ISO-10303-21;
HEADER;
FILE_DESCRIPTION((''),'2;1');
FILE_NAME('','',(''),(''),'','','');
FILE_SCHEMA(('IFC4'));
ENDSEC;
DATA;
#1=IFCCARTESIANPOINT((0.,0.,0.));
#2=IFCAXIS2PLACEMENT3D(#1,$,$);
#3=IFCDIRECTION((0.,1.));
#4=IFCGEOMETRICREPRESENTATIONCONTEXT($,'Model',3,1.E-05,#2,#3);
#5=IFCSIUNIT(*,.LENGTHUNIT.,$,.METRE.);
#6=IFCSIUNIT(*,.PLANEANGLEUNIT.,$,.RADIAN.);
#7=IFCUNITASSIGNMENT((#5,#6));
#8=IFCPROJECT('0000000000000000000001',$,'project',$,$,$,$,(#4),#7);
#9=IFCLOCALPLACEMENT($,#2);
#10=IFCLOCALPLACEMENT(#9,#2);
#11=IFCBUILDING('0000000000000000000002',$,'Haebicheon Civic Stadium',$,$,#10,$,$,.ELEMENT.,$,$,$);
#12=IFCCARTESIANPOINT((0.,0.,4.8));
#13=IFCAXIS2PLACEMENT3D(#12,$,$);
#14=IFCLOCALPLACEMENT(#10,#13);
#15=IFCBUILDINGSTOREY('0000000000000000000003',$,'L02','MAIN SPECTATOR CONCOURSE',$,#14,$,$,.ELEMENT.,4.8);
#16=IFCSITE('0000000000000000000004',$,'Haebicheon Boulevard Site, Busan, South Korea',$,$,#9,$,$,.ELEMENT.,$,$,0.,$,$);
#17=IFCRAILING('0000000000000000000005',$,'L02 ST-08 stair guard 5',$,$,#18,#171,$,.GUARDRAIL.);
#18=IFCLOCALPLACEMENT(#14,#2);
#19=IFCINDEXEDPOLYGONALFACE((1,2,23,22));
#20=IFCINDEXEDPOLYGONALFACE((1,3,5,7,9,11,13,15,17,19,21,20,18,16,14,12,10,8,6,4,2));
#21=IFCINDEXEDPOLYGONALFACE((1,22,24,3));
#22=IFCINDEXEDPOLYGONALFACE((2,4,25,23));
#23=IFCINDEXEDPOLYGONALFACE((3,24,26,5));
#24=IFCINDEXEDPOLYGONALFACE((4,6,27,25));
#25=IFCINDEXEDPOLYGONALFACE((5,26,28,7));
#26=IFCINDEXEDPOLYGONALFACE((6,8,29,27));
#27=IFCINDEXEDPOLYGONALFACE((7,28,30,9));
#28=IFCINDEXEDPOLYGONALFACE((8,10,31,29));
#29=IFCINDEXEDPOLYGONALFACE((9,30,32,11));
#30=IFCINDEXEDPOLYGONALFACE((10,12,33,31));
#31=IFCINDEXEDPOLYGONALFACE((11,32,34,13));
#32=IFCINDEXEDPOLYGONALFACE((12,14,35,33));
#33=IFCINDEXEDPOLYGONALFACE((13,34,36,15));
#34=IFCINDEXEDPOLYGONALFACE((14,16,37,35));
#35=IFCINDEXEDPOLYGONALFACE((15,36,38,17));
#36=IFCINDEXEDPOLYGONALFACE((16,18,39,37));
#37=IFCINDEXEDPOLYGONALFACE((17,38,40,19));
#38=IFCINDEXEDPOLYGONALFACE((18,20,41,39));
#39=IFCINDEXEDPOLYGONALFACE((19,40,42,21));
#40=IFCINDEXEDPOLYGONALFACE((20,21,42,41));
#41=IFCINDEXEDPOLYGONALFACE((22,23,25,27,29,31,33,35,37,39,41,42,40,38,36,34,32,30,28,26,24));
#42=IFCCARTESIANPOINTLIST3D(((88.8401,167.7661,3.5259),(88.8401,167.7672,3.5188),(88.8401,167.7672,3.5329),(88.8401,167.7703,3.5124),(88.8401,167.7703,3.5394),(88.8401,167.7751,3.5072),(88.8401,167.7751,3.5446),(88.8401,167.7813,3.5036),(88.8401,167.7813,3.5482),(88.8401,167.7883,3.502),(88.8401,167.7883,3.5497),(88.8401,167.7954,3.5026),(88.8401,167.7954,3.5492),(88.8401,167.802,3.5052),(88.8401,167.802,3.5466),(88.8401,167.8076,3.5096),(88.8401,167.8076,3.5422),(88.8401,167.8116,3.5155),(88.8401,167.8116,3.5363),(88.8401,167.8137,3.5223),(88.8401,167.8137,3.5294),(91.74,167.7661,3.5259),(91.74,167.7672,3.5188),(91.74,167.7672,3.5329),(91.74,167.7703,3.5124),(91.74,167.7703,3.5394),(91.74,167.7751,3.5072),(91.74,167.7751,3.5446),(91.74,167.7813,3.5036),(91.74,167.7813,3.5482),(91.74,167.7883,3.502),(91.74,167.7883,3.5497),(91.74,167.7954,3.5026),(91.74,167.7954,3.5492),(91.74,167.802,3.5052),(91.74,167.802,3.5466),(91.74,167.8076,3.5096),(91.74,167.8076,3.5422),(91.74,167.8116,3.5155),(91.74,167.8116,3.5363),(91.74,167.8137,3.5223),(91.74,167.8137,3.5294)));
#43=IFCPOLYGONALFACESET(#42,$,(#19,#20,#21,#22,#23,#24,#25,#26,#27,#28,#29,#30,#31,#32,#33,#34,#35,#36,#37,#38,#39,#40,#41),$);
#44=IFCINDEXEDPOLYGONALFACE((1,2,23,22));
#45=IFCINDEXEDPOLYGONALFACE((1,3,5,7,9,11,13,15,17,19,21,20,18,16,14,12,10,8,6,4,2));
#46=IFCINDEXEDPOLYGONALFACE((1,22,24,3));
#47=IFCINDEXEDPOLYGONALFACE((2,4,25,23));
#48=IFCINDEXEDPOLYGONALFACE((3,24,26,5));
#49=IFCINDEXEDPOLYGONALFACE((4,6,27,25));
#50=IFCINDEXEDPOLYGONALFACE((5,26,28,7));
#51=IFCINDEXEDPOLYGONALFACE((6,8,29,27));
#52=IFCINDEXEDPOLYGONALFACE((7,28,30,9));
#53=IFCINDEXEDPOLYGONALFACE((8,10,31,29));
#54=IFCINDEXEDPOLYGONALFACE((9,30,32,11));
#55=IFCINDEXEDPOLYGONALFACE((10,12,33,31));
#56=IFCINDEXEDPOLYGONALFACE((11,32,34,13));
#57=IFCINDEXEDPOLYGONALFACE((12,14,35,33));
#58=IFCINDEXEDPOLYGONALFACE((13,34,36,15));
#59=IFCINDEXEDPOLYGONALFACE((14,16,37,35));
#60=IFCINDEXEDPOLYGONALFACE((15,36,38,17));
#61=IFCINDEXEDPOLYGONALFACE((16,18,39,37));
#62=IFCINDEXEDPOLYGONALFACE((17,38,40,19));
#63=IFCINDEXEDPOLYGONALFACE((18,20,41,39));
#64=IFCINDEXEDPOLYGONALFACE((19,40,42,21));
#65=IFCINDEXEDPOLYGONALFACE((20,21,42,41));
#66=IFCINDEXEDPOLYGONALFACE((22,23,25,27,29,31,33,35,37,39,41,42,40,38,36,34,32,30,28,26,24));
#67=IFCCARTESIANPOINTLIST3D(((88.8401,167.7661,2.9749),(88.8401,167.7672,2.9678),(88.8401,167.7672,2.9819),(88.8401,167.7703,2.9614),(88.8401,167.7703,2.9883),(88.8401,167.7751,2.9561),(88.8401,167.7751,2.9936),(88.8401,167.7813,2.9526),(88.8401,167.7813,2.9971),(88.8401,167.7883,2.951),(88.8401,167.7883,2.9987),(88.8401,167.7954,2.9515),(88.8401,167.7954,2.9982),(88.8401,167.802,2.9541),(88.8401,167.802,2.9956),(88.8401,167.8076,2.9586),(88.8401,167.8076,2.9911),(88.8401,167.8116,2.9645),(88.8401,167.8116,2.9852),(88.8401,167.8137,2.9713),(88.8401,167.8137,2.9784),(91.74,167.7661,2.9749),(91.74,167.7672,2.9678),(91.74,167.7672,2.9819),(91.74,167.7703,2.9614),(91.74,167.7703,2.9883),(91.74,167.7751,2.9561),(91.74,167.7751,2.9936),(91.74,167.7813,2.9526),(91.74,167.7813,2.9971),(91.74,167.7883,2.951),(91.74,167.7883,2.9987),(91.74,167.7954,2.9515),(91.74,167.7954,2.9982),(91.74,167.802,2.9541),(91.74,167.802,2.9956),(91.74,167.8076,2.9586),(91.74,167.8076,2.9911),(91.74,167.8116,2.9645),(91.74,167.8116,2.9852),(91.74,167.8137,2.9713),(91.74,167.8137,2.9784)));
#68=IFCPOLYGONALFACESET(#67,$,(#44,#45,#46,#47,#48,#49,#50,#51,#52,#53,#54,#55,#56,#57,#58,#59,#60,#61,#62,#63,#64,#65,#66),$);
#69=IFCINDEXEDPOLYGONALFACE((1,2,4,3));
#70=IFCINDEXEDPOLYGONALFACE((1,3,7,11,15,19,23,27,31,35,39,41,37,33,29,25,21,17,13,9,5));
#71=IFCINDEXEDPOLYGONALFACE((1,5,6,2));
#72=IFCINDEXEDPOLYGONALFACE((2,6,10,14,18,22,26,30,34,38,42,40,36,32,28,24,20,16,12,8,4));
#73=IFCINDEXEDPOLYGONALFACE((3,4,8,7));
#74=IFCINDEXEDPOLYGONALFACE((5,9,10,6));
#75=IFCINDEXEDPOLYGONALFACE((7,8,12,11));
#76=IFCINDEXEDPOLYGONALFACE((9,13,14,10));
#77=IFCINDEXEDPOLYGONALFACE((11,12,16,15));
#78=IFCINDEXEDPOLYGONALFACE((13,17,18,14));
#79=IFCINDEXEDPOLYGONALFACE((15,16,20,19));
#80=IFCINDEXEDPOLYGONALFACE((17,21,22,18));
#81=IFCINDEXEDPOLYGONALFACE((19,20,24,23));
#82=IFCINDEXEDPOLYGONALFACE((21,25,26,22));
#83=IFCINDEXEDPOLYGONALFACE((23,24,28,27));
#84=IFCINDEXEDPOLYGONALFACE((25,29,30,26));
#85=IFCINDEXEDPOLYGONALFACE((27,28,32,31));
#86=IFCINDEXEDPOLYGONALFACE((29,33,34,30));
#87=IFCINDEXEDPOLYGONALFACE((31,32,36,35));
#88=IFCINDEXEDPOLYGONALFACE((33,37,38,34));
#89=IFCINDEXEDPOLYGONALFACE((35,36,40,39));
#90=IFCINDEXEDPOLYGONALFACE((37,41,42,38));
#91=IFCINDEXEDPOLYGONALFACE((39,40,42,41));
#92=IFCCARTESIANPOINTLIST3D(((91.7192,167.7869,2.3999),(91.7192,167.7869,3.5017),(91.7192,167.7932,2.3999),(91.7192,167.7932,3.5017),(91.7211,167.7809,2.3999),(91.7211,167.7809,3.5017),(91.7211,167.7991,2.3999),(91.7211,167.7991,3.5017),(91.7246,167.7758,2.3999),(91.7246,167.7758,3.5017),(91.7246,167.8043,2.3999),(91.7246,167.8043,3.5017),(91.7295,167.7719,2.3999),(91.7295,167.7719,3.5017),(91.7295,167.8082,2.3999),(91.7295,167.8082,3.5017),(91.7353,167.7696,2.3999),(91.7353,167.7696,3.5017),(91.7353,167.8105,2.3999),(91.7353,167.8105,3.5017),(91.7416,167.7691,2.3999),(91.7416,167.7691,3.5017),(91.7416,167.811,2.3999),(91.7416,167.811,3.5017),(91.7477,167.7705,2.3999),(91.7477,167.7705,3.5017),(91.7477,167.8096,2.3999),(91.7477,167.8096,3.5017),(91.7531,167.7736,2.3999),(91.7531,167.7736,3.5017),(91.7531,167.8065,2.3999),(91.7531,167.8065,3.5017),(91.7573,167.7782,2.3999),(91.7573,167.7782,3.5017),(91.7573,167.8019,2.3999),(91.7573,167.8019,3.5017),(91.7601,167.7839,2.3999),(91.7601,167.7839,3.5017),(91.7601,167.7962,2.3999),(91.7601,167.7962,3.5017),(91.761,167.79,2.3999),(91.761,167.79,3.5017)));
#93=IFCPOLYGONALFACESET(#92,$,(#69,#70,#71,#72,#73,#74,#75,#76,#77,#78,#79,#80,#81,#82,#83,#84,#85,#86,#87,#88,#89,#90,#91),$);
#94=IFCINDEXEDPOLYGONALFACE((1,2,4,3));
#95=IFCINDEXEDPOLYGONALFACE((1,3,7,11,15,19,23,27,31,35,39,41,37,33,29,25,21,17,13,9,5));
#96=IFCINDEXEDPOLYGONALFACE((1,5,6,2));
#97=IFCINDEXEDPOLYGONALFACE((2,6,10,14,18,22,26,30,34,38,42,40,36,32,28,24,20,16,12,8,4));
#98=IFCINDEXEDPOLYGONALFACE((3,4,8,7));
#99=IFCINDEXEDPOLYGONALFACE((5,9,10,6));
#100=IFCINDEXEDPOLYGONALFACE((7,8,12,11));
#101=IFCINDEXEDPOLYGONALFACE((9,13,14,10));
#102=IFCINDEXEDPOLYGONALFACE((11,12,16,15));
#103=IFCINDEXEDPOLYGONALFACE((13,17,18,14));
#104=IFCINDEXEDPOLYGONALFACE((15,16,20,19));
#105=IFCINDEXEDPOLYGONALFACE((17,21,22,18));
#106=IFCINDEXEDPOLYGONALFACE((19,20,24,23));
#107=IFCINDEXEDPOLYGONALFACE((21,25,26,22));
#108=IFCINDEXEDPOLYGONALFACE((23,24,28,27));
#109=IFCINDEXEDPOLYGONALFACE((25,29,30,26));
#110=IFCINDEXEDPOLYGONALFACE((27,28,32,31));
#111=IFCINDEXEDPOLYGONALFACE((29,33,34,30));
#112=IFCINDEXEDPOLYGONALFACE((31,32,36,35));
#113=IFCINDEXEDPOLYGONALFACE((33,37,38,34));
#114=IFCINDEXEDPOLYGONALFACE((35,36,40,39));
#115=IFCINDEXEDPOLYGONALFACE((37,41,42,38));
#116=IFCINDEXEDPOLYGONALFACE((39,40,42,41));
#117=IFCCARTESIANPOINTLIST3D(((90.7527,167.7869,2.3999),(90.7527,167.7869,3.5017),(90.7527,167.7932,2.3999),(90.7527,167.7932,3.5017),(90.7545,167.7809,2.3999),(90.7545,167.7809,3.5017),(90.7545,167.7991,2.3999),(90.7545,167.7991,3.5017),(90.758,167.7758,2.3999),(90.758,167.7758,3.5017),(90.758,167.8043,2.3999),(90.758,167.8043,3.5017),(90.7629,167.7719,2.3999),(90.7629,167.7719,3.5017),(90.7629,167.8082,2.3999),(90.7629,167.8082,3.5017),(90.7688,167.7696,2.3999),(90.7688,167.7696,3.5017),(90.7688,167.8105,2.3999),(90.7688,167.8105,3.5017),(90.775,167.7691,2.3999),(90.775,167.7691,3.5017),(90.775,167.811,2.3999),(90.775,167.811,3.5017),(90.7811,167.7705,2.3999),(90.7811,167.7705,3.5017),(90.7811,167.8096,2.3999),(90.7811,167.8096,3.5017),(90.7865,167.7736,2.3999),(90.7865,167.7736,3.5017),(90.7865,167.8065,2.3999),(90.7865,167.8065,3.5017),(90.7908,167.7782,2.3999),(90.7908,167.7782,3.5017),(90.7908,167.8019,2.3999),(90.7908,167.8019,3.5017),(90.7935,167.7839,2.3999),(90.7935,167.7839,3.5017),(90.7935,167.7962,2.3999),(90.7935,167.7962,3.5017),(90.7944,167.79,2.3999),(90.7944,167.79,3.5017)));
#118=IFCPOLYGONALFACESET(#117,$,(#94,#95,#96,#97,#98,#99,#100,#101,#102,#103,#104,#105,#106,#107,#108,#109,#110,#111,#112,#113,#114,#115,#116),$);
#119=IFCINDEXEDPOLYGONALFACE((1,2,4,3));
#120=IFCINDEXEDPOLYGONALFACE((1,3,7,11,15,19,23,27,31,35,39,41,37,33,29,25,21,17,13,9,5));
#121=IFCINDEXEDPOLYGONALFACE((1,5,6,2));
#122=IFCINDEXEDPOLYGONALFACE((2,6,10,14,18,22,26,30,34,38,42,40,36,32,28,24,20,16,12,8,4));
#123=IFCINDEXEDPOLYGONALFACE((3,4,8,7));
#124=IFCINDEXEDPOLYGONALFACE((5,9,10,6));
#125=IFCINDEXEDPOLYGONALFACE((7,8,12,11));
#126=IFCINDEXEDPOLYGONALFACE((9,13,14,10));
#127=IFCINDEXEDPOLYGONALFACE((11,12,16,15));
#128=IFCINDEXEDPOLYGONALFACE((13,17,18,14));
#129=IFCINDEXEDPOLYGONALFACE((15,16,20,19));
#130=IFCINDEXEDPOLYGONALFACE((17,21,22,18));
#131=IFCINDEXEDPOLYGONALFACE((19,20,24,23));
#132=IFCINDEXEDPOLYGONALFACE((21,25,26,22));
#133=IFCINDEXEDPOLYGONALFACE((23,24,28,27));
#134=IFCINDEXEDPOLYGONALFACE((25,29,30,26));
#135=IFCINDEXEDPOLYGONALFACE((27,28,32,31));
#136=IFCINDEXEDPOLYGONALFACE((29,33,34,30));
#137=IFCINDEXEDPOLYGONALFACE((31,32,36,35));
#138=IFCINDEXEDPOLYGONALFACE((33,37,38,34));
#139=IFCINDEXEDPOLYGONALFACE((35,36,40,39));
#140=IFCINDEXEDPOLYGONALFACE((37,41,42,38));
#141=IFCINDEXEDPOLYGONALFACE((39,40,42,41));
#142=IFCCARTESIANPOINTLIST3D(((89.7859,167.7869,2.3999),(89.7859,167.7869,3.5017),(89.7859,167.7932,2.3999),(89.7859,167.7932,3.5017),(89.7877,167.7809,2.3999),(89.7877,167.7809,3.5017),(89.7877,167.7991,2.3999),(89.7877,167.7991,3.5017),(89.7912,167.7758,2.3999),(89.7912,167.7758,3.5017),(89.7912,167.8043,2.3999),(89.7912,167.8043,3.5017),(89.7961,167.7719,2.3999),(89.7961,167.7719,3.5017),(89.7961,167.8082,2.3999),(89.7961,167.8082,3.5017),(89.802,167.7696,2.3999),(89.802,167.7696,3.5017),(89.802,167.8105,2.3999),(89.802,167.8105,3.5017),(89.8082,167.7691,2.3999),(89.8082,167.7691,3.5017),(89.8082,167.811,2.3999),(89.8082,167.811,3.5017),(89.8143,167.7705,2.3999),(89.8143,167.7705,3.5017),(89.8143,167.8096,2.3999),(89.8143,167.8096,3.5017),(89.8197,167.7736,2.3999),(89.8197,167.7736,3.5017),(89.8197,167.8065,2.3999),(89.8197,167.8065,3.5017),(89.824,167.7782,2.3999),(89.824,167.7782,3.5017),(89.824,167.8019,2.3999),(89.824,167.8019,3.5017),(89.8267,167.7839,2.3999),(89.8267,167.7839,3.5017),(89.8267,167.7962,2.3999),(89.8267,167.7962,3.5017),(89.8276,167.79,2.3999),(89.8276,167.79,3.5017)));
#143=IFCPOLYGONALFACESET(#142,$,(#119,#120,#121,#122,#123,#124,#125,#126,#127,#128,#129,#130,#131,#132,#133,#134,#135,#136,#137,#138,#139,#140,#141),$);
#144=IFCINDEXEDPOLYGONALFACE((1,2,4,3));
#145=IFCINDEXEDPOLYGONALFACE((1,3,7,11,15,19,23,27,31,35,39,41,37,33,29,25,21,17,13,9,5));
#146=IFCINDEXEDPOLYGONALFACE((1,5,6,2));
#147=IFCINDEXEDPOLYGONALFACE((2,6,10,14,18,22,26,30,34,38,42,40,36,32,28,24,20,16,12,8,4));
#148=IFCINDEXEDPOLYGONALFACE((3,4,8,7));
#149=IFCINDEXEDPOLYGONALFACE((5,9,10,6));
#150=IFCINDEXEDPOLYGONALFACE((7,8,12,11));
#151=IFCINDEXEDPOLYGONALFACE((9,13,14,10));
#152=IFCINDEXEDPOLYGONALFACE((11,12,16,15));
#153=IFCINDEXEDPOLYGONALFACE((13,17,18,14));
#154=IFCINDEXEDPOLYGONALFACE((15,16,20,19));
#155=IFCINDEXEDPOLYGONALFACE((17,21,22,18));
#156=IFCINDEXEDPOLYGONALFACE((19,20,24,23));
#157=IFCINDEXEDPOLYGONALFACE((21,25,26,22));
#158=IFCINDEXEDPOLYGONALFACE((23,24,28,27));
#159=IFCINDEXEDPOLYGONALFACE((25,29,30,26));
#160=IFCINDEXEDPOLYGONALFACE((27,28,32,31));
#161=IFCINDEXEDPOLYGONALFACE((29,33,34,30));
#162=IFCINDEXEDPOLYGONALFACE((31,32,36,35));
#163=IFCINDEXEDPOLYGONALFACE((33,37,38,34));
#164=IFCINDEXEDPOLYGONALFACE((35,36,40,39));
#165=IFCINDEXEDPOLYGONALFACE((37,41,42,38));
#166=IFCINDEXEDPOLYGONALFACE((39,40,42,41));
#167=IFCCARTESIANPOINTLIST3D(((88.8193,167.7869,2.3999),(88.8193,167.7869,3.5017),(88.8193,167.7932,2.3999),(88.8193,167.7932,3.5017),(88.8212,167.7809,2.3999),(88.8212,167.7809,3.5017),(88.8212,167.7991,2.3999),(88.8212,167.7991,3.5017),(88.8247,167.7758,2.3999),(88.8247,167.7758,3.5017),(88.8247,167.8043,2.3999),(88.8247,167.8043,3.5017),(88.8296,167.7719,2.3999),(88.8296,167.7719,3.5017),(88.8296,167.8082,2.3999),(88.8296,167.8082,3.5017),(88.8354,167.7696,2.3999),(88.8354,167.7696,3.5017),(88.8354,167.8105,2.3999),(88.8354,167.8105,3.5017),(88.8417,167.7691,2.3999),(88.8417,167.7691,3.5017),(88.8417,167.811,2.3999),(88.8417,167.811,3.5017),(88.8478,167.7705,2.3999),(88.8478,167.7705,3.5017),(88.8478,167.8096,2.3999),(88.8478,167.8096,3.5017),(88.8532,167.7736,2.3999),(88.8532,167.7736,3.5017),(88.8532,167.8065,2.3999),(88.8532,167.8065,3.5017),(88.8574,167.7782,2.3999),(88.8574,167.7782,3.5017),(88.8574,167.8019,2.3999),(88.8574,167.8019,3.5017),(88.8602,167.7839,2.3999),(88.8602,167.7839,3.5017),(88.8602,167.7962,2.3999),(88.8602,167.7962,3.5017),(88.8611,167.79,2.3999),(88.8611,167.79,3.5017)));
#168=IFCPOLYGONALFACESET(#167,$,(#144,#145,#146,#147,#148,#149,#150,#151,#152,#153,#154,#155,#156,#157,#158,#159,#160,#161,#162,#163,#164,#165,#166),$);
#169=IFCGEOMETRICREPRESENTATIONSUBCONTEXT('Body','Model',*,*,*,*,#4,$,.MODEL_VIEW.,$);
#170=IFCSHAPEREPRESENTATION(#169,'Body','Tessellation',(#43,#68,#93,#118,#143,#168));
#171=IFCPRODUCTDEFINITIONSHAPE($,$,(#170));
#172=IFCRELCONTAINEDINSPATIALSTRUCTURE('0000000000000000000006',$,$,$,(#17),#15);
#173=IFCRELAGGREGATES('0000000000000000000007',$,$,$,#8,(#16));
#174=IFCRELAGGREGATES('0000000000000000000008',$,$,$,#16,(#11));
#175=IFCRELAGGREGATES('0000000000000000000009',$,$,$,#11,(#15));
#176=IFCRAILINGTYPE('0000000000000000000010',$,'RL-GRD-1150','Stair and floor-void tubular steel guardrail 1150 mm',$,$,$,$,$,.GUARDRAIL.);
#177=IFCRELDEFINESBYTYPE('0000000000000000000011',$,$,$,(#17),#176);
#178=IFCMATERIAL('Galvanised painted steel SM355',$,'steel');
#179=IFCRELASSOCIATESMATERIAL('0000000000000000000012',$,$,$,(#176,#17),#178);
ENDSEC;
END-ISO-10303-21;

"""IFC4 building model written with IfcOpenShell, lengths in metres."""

from ifc_helpers import new_model, si_unit, direction, frame, origin, origin_2d, place, context, subcontext, project, spatial, circle, extrude, material, type_object, element, save


model = new_model("IFC4")

# Units and contexts
model_context = context("Model", 3, precision=1e-05, world=origin(), true_north=direction((0.0, 1.0)))
body_context = subcontext(model_context, "Body", "Model", "MODEL_VIEW")
ifc_project = project(units=[si_unit("LENGTHUNIT", "METRE"), si_unit("PLANEANGLEUNIT", "RADIAN")], contexts=[model_context])

# Site, building, storey
site_placement = place(None, origin())
site = spatial("IfcSite", under=ifc_project, at=site_placement, Name="Haebicheon Boulevard Site, Busan, South Korea", CompositionType="ELEMENT", RefElevation=0.0)
building_placement = place(site_placement, origin())
building = spatial("IfcBuilding", under=site, at=building_placement, Name="Haebicheon Civic Stadium", CompositionType="ELEMENT")
storey_placement = place(building_placement, frame((0.0, 0.0, 4.8)))
storey = spatial("IfcBuildingStorey", under=building, at=storey_placement, Name="L02", Description="MAIN SPECTATOR CONCOURSE", CompositionType="ELEMENT", Elevation=4.8)

# Railing
ifc_material_1 = material(Name="Galvanised painted steel SM355", Category="steel")
railing_type_1 = type_object("IfcRailingType", Name="RL-GRD-1150", Description="Stair and floor-void tubular steel guardrail 1150 mm", PredefinedType="GUARDRAIL", material=ifc_material_1)
railing_1_placement = place(storey_placement, frame((91.74, 167.79, 2.3999)))
element("IfcRailing", 1, at=railing_1_placement, inside=storey, type_object=railing_type_1, material=ifc_material_1, Name="L02 ST-08 stair guard 5", PredefinedType="GUARDRAIL", context=body_context, shape_type="SweptSolid", body=[
    extrude(circle(Radius=0.0239, at=origin_2d()), frame((0.0, 0.0, 1.126), z_axis=(-1.0, 0.0, 0.0), x_axis=(0.0, -1.0, 0.0)), (0.0, 0.0, 1.0), 2.8999),
    extrude(circle(Radius=0.0239, at=origin_2d()), frame((0.0, 0.0, 0.575), z_axis=(-1.0, 0.0, 0.0), x_axis=(0.0, -1.0, 0.0)), (0.0, 0.0, 1.0), 2.8999),
    extrude(circle(Radius=0.021, at=origin_2d()), origin(), (0.0, 0.0, 1.0), 1.1018),
    extrude(circle(Radius=0.021, at=origin_2d()), frame((-0.9666, 0.0, 0.0)), (0.0, 0.0, 1.0), 1.1018),
    extrude(circle(Radius=0.021, at=origin_2d()), frame((-1.9333, 0.0, 0.0)), (0.0, 0.0, 1.0), 1.1018),
    extrude(circle(Radius=0.021, at=origin_2d()), frame((-2.8999, 0.0, 0.0)), (0.0, 0.0, 1.0), 1.1018),
])

save(model, "model.ifc")
